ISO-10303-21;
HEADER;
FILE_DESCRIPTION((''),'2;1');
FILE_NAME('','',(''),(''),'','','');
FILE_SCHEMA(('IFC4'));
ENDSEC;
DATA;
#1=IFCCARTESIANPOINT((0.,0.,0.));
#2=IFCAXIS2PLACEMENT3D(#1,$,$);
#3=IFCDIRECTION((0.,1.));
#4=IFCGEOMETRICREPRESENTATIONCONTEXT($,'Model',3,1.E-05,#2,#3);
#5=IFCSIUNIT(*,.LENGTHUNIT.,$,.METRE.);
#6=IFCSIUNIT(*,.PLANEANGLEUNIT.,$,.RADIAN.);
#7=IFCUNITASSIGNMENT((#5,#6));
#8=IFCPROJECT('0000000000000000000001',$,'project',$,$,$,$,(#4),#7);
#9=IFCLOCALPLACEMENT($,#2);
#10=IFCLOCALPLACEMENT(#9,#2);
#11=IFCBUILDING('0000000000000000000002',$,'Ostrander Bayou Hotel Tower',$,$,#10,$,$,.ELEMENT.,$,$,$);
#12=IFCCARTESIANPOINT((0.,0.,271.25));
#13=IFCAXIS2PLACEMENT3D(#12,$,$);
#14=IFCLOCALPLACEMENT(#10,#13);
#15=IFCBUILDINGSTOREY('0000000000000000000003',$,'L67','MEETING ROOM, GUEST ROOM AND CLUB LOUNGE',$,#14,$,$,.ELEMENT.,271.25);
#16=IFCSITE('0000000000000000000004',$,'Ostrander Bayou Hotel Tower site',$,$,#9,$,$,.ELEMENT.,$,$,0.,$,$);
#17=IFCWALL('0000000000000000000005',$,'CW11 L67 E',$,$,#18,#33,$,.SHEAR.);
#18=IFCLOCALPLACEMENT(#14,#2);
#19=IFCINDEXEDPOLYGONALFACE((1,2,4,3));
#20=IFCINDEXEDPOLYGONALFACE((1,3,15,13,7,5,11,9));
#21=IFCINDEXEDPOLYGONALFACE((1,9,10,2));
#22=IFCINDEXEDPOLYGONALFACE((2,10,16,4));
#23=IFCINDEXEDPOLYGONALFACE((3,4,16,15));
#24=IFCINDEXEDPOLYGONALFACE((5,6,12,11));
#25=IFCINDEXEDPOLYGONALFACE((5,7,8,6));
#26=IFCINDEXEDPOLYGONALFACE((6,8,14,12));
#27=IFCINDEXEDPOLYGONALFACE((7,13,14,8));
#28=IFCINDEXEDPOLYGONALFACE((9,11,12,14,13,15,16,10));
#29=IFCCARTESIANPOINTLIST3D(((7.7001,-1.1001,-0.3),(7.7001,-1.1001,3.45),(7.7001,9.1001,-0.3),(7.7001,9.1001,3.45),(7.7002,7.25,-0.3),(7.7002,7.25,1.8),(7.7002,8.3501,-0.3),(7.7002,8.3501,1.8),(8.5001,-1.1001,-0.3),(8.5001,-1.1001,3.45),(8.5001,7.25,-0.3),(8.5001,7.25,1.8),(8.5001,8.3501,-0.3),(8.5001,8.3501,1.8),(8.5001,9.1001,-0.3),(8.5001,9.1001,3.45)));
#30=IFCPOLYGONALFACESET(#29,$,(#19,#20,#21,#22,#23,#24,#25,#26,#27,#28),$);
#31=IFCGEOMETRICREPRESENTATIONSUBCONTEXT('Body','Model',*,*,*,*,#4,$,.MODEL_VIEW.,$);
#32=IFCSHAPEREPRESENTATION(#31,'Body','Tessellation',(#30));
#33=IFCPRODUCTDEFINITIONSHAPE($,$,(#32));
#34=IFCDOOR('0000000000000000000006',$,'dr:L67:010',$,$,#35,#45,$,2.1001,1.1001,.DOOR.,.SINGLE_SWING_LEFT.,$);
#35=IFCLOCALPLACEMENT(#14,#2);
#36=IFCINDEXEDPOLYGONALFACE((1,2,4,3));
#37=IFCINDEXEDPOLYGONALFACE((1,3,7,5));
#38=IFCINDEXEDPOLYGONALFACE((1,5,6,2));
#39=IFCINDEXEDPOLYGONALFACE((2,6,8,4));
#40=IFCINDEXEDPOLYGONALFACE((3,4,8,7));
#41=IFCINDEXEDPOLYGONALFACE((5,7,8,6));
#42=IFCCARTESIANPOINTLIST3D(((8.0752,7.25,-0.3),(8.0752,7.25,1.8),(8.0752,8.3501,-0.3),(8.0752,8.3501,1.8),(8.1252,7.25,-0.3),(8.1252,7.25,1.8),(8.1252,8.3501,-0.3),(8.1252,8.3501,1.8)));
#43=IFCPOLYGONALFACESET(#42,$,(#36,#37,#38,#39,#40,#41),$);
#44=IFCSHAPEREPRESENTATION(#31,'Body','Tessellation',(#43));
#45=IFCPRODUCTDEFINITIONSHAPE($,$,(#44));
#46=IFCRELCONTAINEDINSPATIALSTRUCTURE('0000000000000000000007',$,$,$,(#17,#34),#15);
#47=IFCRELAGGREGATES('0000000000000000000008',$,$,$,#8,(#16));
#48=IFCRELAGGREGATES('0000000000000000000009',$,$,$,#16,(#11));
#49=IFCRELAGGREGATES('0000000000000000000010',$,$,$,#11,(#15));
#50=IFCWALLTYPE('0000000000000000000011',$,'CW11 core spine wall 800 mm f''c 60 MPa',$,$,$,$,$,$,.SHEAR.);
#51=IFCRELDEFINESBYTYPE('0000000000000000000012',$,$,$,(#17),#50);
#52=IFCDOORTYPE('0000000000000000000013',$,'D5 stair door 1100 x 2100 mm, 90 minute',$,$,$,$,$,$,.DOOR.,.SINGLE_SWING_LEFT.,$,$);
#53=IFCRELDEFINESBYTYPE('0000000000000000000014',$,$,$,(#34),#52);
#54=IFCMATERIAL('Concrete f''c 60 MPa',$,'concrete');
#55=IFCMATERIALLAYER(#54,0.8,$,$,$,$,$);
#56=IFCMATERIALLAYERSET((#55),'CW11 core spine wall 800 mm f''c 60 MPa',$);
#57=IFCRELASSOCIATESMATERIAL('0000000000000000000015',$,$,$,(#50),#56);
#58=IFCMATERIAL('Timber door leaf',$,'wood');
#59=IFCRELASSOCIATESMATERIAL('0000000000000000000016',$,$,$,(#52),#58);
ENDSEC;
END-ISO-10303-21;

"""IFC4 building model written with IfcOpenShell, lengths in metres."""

from ifc_helpers import new_model, si_unit, direction, frame, frame_2d, origin, place, context, subcontext, project, spatial, rectangle, extrude, material, layer, layer_set, type_object, element, fill, save


model = new_model("IFC4")

# Units and contexts
model_context = context("Model", 3, precision=1e-05, world=origin(), true_north=direction((0.0, 1.0)))
body_context = subcontext(model_context, "Body", "Model", "MODEL_VIEW")
ifc_project = project(units=[si_unit("LENGTHUNIT", "METRE"), si_unit("PLANEANGLEUNIT", "RADIAN")], contexts=[model_context])

# Site, building, storey
site_placement = place(None, origin())
site = spatial("IfcSite", under=ifc_project, at=site_placement, Name="Ostrander Bayou Hotel Tower site", CompositionType="ELEMENT", RefElevation=0.0)
building_placement = place(site_placement, origin())
building = spatial("IfcBuilding", under=site, at=building_placement, Name="Ostrander Bayou Hotel Tower", CompositionType="ELEMENT")
storey_placement = place(building_placement, frame((0.0, 0.0, 271.25)))
storey = spatial("IfcBuildingStorey", under=building, at=storey_placement, Name="L67", Description="MEETING ROOM, GUEST ROOM AND CLUB LOUNGE", CompositionType="ELEMENT", Elevation=271.25)

# Wall, opening, door
ifc_material_1 = material(Name="Concrete f'c 60 MPa", Category="concrete")
ifc_layer_1 = layer(ifc_material_1, 0.8)
ifc_layer_set_1 = layer_set([ifc_layer_1], Name="CW11 core spine wall 800 mm f'c 60 MPa")
wall_type_1 = type_object("IfcWallType", Name="CW11 core spine wall 800 mm f'c 60 MPa", PredefinedType="SHEAR", material=ifc_layer_set_1)
wall_1_placement = place(storey_placement, frame((8.1001, -1.1001, -0.3), z_axis=(0.0, 0.0, 1.0), x_axis=(0.0, 1.0, 0.0)))
wall_1 = element("IfcWall", 1, at=wall_1_placement, inside=storey, type_object=wall_type_1, Name="CW11 L67 E", PredefinedType="SHEAR", context=body_context, shape_type="SweptSolid", body=[
    extrude(rectangle(XDim=10.2002, YDim=0.8, at=frame_2d((5.1001, 0.0))), origin(), (0.0, 0.0, 1.0), 3.75),
])
opening_1_placement = place(wall_1_placement, frame((8.3501, 0.0, 0.0)))
opening_1 = element("IfcOpeningElement", 2, at=opening_1_placement, cuts=wall_1, PredefinedType="OPENING", context=body_context, shape_type="SweptSolid", body=[
    extrude(rectangle(XDim=1.1001, YDim=2.1001, at=frame_2d((0.55, 1.05))), frame((0.0, 0.3999, 0.0), z_axis=(0.0, -1.0, 0.0), x_axis=(1.0, 0.0, 0.0)), (0.0, 0.0, 1.0), 0.8),
])
ifc_material_2 = material(Name="Timber door leaf", Category="wood")
door_type_1 = type_object("IfcDoorType", Name="D5 stair door 1100 x 2100 mm, 90 minute", OperationType="SINGLE_SWING_LEFT", PredefinedType="DOOR", material=ifc_material_2)
door_1_placement = place(opening_1_placement, origin())
door_1 = element("IfcDoor", 3, at=door_1_placement, inside=storey, type_object=door_type_1, Name="dr:L67:010", OperationType="SINGLE_SWING_LEFT", OverallHeight=2.1001, OverallWidth=1.1001, PredefinedType="DOOR", context=body_context, shape_type="SweptSolid", body=[
    extrude(rectangle(XDim=1.1001, YDim=2.1001, at=frame_2d((0.55, 1.05))), frame((0.0, 0.0249, 0.0), z_axis=(0.0, -1.0, 0.0), x_axis=(1.0, 0.0, 0.0)), (0.0, 0.0, 1.0), 0.05),
])
fill(opening_1, door_1)

save(model, "model.ifc")
